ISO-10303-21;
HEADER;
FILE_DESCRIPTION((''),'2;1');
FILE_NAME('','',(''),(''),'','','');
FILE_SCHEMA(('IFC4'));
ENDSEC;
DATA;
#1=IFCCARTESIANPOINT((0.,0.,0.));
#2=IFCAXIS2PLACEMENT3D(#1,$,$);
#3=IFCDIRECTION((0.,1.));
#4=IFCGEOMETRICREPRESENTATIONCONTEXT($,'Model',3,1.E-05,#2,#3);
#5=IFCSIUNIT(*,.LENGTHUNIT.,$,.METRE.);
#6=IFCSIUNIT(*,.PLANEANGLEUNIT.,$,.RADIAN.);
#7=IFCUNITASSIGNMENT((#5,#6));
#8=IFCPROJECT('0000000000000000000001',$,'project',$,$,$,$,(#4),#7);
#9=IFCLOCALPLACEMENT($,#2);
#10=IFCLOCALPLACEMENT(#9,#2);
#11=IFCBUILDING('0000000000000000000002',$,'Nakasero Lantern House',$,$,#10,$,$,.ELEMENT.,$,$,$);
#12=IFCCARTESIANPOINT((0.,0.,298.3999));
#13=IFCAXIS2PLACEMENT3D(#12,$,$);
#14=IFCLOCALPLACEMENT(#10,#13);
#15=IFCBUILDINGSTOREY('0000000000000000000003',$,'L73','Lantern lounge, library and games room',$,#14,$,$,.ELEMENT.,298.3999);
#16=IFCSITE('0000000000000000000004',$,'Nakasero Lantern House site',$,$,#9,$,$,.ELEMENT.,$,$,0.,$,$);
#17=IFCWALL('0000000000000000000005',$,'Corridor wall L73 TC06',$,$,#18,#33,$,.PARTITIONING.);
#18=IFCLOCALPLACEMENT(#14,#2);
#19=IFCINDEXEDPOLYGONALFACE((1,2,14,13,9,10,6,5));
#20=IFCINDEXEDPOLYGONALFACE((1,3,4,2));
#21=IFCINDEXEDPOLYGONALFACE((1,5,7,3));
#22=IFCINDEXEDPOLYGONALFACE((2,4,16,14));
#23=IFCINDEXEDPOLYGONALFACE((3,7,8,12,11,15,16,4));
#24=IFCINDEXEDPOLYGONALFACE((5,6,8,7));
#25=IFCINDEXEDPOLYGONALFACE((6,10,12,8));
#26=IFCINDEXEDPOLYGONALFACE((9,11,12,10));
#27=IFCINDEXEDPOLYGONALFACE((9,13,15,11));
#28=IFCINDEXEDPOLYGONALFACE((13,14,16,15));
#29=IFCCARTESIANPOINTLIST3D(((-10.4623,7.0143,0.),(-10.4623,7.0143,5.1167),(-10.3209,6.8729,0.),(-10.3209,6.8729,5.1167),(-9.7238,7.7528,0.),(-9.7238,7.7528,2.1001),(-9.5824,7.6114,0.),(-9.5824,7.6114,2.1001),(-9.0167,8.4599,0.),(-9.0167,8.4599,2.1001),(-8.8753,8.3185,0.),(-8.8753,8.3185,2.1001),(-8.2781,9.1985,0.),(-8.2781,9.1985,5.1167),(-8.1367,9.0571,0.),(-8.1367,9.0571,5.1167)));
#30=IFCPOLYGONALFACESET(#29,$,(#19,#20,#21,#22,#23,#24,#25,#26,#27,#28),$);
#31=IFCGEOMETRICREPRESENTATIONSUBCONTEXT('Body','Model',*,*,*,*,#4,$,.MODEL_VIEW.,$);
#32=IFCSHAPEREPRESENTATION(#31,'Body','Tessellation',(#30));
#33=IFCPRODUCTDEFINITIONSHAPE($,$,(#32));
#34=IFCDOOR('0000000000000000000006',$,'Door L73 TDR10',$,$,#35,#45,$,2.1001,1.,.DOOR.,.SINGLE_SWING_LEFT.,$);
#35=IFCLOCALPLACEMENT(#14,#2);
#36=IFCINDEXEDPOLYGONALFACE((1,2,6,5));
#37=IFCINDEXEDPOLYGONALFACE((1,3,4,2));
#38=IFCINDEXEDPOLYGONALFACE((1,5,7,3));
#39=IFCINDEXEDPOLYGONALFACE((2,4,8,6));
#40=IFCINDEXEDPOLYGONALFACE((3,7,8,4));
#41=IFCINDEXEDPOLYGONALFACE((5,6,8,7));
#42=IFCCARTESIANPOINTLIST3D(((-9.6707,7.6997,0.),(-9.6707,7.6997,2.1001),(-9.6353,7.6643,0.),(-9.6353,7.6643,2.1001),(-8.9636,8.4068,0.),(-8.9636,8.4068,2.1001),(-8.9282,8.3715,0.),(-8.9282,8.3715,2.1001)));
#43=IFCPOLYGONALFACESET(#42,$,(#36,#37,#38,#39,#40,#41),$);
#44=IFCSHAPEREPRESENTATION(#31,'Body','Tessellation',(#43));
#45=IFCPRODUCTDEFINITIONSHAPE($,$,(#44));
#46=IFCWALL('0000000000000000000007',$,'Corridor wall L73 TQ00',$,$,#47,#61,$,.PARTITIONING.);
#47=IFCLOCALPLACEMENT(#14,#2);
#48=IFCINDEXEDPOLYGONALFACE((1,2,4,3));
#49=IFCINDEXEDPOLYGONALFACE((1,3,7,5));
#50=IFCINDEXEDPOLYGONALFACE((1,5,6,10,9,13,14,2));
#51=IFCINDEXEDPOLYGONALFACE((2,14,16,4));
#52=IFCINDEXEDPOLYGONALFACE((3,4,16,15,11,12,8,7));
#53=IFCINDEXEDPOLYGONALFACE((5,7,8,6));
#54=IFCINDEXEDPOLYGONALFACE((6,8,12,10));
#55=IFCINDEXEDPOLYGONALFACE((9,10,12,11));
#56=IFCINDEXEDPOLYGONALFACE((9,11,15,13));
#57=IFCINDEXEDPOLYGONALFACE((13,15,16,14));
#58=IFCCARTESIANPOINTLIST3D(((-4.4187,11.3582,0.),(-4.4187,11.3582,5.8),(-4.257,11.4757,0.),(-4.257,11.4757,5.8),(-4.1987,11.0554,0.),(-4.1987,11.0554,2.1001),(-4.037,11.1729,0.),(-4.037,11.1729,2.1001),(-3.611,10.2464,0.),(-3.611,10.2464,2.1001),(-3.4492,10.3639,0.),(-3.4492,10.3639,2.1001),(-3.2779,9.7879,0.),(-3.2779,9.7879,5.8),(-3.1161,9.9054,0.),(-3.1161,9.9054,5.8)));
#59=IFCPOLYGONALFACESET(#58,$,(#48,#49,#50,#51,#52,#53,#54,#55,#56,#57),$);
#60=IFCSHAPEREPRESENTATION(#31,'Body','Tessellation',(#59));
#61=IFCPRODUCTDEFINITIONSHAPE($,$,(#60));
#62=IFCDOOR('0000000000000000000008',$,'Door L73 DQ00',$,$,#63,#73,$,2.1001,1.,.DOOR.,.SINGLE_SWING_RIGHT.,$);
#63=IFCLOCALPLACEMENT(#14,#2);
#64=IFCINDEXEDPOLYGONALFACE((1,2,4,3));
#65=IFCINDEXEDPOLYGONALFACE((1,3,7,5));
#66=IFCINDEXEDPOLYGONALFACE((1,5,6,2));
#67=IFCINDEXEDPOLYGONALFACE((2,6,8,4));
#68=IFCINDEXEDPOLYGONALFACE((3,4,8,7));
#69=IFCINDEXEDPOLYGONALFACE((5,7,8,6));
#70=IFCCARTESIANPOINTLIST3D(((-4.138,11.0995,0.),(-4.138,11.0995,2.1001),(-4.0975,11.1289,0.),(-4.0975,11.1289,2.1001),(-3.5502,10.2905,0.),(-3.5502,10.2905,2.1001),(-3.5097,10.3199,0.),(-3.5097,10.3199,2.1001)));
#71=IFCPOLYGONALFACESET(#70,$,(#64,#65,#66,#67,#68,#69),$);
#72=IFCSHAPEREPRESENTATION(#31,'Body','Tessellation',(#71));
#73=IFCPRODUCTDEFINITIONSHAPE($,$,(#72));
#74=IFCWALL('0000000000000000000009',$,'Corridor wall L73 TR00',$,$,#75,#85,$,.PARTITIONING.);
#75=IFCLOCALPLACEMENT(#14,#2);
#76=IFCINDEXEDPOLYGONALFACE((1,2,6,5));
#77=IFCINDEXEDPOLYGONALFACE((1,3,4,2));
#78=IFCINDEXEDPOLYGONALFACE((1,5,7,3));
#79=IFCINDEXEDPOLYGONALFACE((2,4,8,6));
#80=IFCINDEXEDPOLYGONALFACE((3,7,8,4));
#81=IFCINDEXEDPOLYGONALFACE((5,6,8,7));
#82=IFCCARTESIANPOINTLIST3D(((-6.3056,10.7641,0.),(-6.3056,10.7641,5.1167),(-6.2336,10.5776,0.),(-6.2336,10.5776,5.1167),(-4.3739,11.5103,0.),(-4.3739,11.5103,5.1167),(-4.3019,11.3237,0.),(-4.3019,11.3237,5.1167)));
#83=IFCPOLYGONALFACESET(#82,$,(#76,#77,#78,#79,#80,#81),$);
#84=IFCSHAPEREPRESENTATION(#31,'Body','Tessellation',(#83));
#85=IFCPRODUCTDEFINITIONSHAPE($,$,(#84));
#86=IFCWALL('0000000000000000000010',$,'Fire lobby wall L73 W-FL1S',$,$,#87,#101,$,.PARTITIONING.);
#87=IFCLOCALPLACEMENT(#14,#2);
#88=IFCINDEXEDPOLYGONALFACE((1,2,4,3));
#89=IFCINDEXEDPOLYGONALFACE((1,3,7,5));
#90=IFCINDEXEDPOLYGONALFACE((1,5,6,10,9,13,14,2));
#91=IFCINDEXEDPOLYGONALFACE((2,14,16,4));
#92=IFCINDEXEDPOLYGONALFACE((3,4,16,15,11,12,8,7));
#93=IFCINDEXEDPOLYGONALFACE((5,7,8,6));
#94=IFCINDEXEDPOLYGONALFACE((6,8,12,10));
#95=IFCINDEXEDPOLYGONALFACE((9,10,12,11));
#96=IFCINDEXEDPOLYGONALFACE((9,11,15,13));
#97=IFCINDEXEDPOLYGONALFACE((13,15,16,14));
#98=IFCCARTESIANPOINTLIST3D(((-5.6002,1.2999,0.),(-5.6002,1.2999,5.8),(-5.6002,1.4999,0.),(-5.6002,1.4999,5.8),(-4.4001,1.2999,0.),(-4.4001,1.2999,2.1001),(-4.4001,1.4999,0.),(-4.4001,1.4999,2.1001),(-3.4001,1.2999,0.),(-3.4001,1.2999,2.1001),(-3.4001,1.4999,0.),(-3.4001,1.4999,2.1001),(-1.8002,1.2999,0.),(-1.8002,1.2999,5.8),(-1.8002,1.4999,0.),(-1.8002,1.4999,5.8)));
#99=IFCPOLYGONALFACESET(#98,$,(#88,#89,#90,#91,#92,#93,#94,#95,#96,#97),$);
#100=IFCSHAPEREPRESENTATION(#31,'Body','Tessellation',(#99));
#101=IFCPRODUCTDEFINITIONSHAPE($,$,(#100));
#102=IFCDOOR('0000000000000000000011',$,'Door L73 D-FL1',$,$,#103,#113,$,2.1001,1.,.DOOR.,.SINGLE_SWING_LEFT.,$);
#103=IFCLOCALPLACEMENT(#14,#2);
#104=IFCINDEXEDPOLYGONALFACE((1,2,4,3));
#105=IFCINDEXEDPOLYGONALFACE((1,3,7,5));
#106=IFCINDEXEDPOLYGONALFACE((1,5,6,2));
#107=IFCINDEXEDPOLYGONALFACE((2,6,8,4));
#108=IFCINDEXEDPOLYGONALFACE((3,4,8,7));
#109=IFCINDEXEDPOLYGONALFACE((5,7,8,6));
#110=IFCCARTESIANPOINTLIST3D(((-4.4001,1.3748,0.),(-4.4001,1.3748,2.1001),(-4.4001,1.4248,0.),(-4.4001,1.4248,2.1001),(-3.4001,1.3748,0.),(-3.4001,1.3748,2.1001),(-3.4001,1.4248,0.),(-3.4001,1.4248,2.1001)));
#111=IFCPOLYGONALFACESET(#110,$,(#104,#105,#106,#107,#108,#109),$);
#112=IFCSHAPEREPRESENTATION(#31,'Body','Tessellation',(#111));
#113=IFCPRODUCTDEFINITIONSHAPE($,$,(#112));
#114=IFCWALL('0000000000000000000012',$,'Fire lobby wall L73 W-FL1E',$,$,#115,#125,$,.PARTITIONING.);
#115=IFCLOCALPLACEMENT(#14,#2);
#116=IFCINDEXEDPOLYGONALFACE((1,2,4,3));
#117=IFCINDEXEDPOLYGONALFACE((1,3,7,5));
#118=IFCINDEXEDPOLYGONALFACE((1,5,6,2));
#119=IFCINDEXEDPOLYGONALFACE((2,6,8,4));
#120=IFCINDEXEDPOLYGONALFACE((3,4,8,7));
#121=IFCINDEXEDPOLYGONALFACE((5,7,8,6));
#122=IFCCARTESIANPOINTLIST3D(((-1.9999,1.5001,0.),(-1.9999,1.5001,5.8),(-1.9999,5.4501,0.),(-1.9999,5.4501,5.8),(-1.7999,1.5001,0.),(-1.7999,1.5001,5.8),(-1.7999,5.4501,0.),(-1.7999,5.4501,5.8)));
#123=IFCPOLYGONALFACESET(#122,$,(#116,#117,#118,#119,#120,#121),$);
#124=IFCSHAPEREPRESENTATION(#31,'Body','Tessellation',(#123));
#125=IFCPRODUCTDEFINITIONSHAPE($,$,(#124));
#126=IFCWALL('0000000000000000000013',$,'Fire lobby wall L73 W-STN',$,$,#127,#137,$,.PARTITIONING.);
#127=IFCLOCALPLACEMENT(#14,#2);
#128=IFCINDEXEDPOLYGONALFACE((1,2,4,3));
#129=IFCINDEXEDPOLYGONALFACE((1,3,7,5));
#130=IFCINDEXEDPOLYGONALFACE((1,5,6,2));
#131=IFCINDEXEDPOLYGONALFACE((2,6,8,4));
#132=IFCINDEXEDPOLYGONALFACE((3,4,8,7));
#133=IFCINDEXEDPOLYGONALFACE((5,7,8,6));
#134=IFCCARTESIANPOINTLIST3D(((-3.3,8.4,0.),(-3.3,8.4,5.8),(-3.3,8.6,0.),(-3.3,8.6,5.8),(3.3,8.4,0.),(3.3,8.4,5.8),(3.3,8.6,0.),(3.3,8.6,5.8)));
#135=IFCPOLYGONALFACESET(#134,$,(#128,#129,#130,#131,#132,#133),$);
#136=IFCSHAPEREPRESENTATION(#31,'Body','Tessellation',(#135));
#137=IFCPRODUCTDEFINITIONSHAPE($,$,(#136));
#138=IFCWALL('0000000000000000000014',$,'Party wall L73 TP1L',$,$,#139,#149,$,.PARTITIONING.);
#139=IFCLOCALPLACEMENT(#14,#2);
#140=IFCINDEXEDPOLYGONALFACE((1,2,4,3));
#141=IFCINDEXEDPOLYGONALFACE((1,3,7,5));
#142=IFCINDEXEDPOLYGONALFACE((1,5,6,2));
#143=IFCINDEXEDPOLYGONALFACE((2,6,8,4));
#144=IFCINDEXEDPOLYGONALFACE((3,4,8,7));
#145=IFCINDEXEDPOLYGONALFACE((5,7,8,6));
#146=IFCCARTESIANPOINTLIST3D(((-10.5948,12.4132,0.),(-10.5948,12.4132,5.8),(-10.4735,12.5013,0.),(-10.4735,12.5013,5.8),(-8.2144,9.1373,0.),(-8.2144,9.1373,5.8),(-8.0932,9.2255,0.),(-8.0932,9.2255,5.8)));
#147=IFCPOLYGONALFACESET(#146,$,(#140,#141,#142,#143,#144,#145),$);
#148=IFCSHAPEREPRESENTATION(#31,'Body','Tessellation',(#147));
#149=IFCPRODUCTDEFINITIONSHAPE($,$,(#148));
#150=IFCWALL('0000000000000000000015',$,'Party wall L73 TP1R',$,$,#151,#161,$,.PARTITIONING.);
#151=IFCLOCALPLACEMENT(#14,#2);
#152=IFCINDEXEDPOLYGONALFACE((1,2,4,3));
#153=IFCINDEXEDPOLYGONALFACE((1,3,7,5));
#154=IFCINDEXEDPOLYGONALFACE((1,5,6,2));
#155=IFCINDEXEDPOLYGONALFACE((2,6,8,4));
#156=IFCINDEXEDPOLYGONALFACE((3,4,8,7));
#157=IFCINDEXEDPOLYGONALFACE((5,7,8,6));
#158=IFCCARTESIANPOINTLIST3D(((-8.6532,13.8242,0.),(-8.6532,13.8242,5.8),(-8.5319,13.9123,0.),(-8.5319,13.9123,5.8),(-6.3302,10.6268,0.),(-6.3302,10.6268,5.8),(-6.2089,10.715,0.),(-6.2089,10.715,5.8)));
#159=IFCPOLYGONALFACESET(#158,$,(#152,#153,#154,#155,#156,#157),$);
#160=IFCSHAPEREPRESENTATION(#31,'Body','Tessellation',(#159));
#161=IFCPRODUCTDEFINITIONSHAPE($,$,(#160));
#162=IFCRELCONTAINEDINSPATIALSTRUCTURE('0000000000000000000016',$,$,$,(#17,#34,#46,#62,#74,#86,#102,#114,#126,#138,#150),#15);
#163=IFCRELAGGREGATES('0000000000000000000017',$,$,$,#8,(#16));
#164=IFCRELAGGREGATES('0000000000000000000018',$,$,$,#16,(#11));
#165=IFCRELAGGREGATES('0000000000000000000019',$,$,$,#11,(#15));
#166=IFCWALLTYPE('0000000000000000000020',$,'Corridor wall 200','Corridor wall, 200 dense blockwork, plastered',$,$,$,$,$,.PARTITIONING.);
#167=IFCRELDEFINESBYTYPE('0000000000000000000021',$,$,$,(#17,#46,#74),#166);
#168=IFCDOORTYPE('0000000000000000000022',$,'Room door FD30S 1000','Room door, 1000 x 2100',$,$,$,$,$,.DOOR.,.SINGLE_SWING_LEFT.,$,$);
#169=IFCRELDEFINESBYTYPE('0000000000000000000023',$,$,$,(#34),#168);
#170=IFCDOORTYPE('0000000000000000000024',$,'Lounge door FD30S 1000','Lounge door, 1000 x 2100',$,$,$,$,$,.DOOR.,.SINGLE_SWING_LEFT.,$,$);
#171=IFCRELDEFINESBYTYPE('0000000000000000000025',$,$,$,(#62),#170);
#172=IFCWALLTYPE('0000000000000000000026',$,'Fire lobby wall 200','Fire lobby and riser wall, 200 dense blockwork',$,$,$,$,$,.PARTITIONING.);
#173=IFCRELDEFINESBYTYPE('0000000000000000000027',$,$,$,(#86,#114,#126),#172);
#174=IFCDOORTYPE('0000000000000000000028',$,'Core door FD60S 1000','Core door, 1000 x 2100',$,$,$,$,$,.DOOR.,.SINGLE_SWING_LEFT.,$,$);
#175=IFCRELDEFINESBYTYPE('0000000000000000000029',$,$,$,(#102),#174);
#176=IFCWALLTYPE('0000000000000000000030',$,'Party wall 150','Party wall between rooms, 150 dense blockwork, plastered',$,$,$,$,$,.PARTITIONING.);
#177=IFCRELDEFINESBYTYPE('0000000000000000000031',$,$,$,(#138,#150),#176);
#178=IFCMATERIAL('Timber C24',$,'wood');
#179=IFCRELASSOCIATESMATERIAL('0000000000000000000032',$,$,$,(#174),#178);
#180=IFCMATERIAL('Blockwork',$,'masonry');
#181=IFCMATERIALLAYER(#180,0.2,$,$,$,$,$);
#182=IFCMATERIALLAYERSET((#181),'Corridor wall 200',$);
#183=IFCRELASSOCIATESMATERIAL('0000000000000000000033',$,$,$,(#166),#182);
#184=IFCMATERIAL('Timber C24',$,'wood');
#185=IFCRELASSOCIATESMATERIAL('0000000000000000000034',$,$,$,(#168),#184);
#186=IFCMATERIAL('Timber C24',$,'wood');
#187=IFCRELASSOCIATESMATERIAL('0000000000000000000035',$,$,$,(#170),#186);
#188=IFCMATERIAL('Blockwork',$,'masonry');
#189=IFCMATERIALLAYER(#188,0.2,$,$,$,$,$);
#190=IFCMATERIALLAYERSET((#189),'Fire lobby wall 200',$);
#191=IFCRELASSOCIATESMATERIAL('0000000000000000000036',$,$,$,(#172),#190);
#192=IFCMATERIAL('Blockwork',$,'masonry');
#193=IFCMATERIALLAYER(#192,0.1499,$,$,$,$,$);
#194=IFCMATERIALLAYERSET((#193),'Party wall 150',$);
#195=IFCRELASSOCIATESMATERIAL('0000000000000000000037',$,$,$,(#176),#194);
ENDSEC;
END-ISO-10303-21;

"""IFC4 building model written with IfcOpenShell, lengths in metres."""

from ifc_helpers import new_model, si_unit, direction, frame, frame_2d, origin, place, context, subcontext, project, spatial, rectangle, extrude, material, layer, layer_set, type_object, element, fill, save


model = new_model("IFC4")

# Units and contexts
model_context = context("Model", 3, precision=1e-05, world=origin(), true_north=direction((0.0, 1.0)))
body_context = subcontext(model_context, "Body", "Model", "MODEL_VIEW")
ifc_project = project(units=[si_unit("LENGTHUNIT", "METRE"), si_unit("PLANEANGLEUNIT", "RADIAN")], contexts=[model_context])

# Site, building, storey
site_placement = place(None, origin())
site = spatial("IfcSite", under=ifc_project, at=site_placement, Name="Nakasero Lantern House site", CompositionType="ELEMENT", RefElevation=0.0)
building_placement = place(site_placement, origin())
building = spatial("IfcBuilding", under=site, at=building_placement, Name="Nakasero Lantern House", CompositionType="ELEMENT")
storey_placement = place(building_placement, frame((0.0, 0.0, 298.3999)))
storey = spatial("IfcBuildingStorey", under=building, at=storey_placement, Name="L73", Description="Lantern lounge, library and games room", CompositionType="ELEMENT", Elevation=298.3999)

# Shared definitions
ifc_material_1 = material(Name="Timber C24", Category="wood")
door_type_1 = type_object("IfcDoorType", Name="Core door FD60S 1000", Description="Core door, 1000 x 2100", OperationType="SINGLE_SWING_LEFT", PredefinedType="DOOR", material=ifc_material_1)

# Walls, openings, doors
ifc_material_2 = material(Name="Blockwork", Category="masonry")
ifc_layer_1 = layer(ifc_material_2, 0.2)
ifc_layer_set_1 = layer_set([ifc_layer_1], Name="Corridor wall 200")
wall_type_1 = type_object("IfcWallType", Name="Corridor wall 200", Description="Corridor wall, 200 dense blockwork, plastered", PredefinedType="PARTITIONING", material=ifc_layer_set_1)
wall_1_placement = place(storey_placement, frame((-10.3916, 6.9436, 0.0), z_axis=(0.0, 0.0, 1.0), x_axis=(0.707107, 0.707107, 0.0)))
wall_1 = element("IfcWall", 1, at=wall_1_placement, inside=storey, type_object=wall_type_1, Name="Corridor wall L73 TC06", PredefinedType="PARTITIONING", context=body_context, shape_type="SweptSolid", body=[
    extrude(rectangle(XDim=3.0889, YDim=0.2, at=frame_2d((1.5444, 0.0))), origin(), (0.0, 0.0, 1.0), 5.1167),
])
opening_1_placement = place(wall_1_placement, frame((1.0444, 0.0, 0.0)))
opening_1 = element("IfcOpeningElement", 2, at=opening_1_placement, cuts=wall_1, PredefinedType="OPENING", context=body_context, shape_type="SweptSolid", body=[
    extrude(rectangle(XDim=1.0, YDim=2.1001, at=frame_2d((0.5, 1.05))), frame((0.0, 0.1199, 0.0), z_axis=(0.0, -1.0, 0.0), x_axis=(1.0, 0.0, 0.0)), (0.0, 0.0, 1.0), 0.24),
])
ifc_material_3 = material(Name="Timber C24", Category="wood")
door_type_2 = type_object("IfcDoorType", Name="Room door FD30S 1000", Description="Room door, 1000 x 2100", OperationType="SINGLE_SWING_LEFT", PredefinedType="DOOR", material=ifc_material_3)
door_1_placement = place(opening_1_placement, origin())
door_1 = element("IfcDoor", 3, at=door_1_placement, inside=storey, type_object=door_type_2, Name="Door L73 TDR10", OperationType="SINGLE_SWING_LEFT", OverallHeight=2.1001, OverallWidth=1.0, PredefinedType="DOOR", context=body_context, shape_type="SweptSolid", body=[
    extrude(rectangle(XDim=1.0, YDim=2.1001, at=frame_2d((0.5, 1.05))), frame((0.0, 0.0249, 0.0), z_axis=(0.0, -1.0, 0.0), x_axis=(1.0, 0.0, 0.0)), (0.0, 0.0, 1.0), 0.05),
])
fill(opening_1, door_1)
wall_2_placement = place(storey_placement, frame((-3.197, 9.8467, 0.0), z_axis=(0.0, 0.0, 1.0), x_axis=(-0.587775, 0.809024, 0.0)))
wall_2 = element("IfcWall", 4, at=wall_2_placement, inside=storey, type_object=wall_type_1, Name="Corridor wall L73 TQ00", PredefinedType="PARTITIONING", context=body_context, shape_type="SweptSolid", body=[
    extrude(rectangle(XDim=1.9409, YDim=0.2, at=frame_2d((0.9705, 0.0))), origin(), (0.0, 0.0, 1.0), 5.8),
])
opening_2_placement = place(wall_2_placement, frame((0.5667, 0.0, 0.0)))
opening_2 = element("IfcOpeningElement", 5, at=opening_2_placement, cuts=wall_2, PredefinedType="OPENING", context=body_context, shape_type="SweptSolid", body=[
    extrude(rectangle(XDim=1.0, YDim=2.1001, at=frame_2d((0.5, 1.05))), frame((0.0, 0.1199, 0.0), z_axis=(0.0, -1.0, 0.0), x_axis=(1.0, 0.0, 0.0)), (0.0, 0.0, 1.0), 0.24),
])
ifc_material_4 = material(Name="Timber C24", Category="wood")
door_type_3 = type_object("IfcDoorType", Name="Lounge door FD30S 1000", Description="Lounge door, 1000 x 2100", OperationType="SINGLE_SWING_LEFT", PredefinedType="DOOR", material=ifc_material_4)
door_2_placement = place(opening_2_placement, origin())
door_2 = element("IfcDoor", 6, at=door_2_placement, inside=storey, type_object=door_type_3, Name="Door L73 DQ00", OperationType="SINGLE_SWING_RIGHT", OverallHeight=2.1001, OverallWidth=1.0, PredefinedType="DOOR", context=body_context, shape_type="SweptSolid", body=[
    extrude(rectangle(XDim=1.0, YDim=2.1001, at=frame_2d((0.5, 1.05))), frame((0.0, 0.0249, 0.0), z_axis=(0.0, -1.0, 0.0), x_axis=(1.0, 0.0, 0.0)), (0.0, 0.0, 1.0), 0.05),
])
fill(opening_2, door_2)

# Wall
wall_3_placement = place(storey_placement, frame((-4.3379, 11.417, 0.0), z_axis=(0.0, 0.0, 1.0), x_axis=(-0.932834, -0.360306, 0.0)))
element("IfcWall", 7, at=wall_3_placement, inside=storey, type_object=wall_type_1, Name="Corridor wall L73 TR00", PredefinedType="PARTITIONING", context=body_context, shape_type="SweptSolid", body=[
    extrude(rectangle(XDim=2.0708, YDim=0.2, at=frame_2d((1.0354, 0.0))), origin(), (0.0, 0.0, 1.0), 5.1167),
])

# Wall, opening, door
ifc_material_5 = material(Name="Blockwork", Category="masonry")
ifc_layer_2 = layer(ifc_material_5, 0.2)
ifc_layer_set_2 = layer_set([ifc_layer_2], Name="Fire lobby wall 200")
wall_type_2 = type_object("IfcWallType", Name="Fire lobby wall 200", Description="Fire lobby and riser wall, 200 dense blockwork", PredefinedType="PARTITIONING", material=ifc_layer_set_2)
wall_4_placement = place(storey_placement, frame((-5.6001, 1.3999, 0.0), z_axis=(0.0, 0.0, 1.0), x_axis=(1.0, 0.0, 0.0)))
wall_4 = element("IfcWall", 8, at=wall_4_placement, inside=storey, type_object=wall_type_2, Name="Fire lobby wall L73 W-FL1S", PredefinedType="PARTITIONING", context=body_context, shape_type="SweptSolid", body=[
    extrude(rectangle(XDim=3.8, YDim=0.2, at=frame_2d((1.8999, 0.0))), origin(), (0.0, 0.0, 1.0), 5.8),
])
opening_3_placement = place(wall_4_placement, frame((1.2, 0.0, 0.0)))
opening_3 = element("IfcOpeningElement", 9, at=opening_3_placement, cuts=wall_4, PredefinedType="OPENING", context=body_context, shape_type="SweptSolid", body=[
    extrude(rectangle(XDim=1.0, YDim=2.1001, at=frame_2d((0.5, 1.05))), frame((0.0, 0.1199, 0.0), z_axis=(0.0, -1.0, 0.0), x_axis=(1.0, 0.0, 0.0)), (0.0, 0.0, 1.0), 0.24),
])
door_3_placement = place(opening_3_placement, origin())
door_3 = element("IfcDoor", 10, at=door_3_placement, inside=storey, type_object=door_type_1, Name="Door L73 D-FL1", OperationType="SINGLE_SWING_LEFT", OverallHeight=2.1001, OverallWidth=1.0, PredefinedType="DOOR", context=body_context, shape_type="SweptSolid", body=[
    extrude(rectangle(XDim=1.0, YDim=2.1001, at=frame_2d((0.5, 1.05))), frame((0.0, 0.0249, 0.0), z_axis=(0.0, -1.0, 0.0), x_axis=(1.0, 0.0, 0.0)), (0.0, 0.0, 1.0), 0.05),
])
fill(opening_3, door_3)

# Walls
wall_5_placement = place(storey_placement, frame((-1.8999, 1.5, 0.0), z_axis=(0.0, 0.0, 1.0), x_axis=(0.0, 1.0, 0.0)))
element("IfcWall", 11, at=wall_5_placement, inside=storey, type_object=wall_type_2, Name="Fire lobby wall L73 W-FL1E", PredefinedType="PARTITIONING", context=body_context, shape_type="SweptSolid", body=[
    extrude(rectangle(XDim=3.95, YDim=0.2, at=frame_2d((1.9751, 0.0))), origin(), (0.0, 0.0, 1.0), 5.8),
])
wall_6_placement = place(storey_placement, frame((-3.3, 8.5, 0.0), z_axis=(0.0, 0.0, 1.0), x_axis=(1.0, 0.0, 0.0)))
element("IfcWall", 12, at=wall_6_placement, inside=storey, type_object=wall_type_2, Name="Fire lobby wall L73 W-STN", PredefinedType="PARTITIONING", context=body_context, shape_type="SweptSolid", body=[
    extrude(rectangle(XDim=6.6001, YDim=0.2, at=frame_2d((3.3, 0.0))), origin(), (0.0, 0.0, 1.0), 5.8),
])
ifc_material_6 = material(Name="Blockwork", Category="masonry")
ifc_layer_3 = layer(ifc_material_6, 0.1499)
ifc_layer_set_3 = layer_set([ifc_layer_3], Name="Party wall 150")
wall_type_3 = type_object("IfcWallType", Name="Party wall 150", Description="Party wall between rooms, 150 dense blockwork, plastered", PredefinedType="PARTITIONING", material=ifc_layer_set_3)
wall_7_placement = place(storey_placement, frame((-8.1538, 9.1814, 0.0), z_axis=(0.0, 0.0, 1.0), x_axis=(-0.587835, 0.808981, 0.0)))
element("IfcWall", 13, at=wall_7_placement, inside=storey, type_object=wall_type_3, Name="Party wall L73 TP1L", PredefinedType="PARTITIONING", context=body_context, shape_type="SweptSolid", body=[
    extrude(rectangle(XDim=4.0493, YDim=0.1499, at=frame_2d((2.0247, 0.0))), origin(), (0.0, 0.0, 1.0), 5.8),
])
wall_8_placement = place(storey_placement, frame((-6.2695, 10.6709, 0.0), z_axis=(0.0, 0.0, 1.0), x_axis=(-0.587793, 0.809011, 0.0)))
element("IfcWall", 14, at=wall_8_placement, inside=storey, type_object=wall_type_3, Name="Party wall L73 TP1R", PredefinedType="PARTITIONING", context=body_context, shape_type="SweptSolid", body=[
    extrude(rectangle(XDim=3.9521, YDim=0.1499, at=frame_2d((1.9761, 0.0))), origin(), (0.0, 0.0, 1.0), 5.8),
])

save(model, "model.ifc")
